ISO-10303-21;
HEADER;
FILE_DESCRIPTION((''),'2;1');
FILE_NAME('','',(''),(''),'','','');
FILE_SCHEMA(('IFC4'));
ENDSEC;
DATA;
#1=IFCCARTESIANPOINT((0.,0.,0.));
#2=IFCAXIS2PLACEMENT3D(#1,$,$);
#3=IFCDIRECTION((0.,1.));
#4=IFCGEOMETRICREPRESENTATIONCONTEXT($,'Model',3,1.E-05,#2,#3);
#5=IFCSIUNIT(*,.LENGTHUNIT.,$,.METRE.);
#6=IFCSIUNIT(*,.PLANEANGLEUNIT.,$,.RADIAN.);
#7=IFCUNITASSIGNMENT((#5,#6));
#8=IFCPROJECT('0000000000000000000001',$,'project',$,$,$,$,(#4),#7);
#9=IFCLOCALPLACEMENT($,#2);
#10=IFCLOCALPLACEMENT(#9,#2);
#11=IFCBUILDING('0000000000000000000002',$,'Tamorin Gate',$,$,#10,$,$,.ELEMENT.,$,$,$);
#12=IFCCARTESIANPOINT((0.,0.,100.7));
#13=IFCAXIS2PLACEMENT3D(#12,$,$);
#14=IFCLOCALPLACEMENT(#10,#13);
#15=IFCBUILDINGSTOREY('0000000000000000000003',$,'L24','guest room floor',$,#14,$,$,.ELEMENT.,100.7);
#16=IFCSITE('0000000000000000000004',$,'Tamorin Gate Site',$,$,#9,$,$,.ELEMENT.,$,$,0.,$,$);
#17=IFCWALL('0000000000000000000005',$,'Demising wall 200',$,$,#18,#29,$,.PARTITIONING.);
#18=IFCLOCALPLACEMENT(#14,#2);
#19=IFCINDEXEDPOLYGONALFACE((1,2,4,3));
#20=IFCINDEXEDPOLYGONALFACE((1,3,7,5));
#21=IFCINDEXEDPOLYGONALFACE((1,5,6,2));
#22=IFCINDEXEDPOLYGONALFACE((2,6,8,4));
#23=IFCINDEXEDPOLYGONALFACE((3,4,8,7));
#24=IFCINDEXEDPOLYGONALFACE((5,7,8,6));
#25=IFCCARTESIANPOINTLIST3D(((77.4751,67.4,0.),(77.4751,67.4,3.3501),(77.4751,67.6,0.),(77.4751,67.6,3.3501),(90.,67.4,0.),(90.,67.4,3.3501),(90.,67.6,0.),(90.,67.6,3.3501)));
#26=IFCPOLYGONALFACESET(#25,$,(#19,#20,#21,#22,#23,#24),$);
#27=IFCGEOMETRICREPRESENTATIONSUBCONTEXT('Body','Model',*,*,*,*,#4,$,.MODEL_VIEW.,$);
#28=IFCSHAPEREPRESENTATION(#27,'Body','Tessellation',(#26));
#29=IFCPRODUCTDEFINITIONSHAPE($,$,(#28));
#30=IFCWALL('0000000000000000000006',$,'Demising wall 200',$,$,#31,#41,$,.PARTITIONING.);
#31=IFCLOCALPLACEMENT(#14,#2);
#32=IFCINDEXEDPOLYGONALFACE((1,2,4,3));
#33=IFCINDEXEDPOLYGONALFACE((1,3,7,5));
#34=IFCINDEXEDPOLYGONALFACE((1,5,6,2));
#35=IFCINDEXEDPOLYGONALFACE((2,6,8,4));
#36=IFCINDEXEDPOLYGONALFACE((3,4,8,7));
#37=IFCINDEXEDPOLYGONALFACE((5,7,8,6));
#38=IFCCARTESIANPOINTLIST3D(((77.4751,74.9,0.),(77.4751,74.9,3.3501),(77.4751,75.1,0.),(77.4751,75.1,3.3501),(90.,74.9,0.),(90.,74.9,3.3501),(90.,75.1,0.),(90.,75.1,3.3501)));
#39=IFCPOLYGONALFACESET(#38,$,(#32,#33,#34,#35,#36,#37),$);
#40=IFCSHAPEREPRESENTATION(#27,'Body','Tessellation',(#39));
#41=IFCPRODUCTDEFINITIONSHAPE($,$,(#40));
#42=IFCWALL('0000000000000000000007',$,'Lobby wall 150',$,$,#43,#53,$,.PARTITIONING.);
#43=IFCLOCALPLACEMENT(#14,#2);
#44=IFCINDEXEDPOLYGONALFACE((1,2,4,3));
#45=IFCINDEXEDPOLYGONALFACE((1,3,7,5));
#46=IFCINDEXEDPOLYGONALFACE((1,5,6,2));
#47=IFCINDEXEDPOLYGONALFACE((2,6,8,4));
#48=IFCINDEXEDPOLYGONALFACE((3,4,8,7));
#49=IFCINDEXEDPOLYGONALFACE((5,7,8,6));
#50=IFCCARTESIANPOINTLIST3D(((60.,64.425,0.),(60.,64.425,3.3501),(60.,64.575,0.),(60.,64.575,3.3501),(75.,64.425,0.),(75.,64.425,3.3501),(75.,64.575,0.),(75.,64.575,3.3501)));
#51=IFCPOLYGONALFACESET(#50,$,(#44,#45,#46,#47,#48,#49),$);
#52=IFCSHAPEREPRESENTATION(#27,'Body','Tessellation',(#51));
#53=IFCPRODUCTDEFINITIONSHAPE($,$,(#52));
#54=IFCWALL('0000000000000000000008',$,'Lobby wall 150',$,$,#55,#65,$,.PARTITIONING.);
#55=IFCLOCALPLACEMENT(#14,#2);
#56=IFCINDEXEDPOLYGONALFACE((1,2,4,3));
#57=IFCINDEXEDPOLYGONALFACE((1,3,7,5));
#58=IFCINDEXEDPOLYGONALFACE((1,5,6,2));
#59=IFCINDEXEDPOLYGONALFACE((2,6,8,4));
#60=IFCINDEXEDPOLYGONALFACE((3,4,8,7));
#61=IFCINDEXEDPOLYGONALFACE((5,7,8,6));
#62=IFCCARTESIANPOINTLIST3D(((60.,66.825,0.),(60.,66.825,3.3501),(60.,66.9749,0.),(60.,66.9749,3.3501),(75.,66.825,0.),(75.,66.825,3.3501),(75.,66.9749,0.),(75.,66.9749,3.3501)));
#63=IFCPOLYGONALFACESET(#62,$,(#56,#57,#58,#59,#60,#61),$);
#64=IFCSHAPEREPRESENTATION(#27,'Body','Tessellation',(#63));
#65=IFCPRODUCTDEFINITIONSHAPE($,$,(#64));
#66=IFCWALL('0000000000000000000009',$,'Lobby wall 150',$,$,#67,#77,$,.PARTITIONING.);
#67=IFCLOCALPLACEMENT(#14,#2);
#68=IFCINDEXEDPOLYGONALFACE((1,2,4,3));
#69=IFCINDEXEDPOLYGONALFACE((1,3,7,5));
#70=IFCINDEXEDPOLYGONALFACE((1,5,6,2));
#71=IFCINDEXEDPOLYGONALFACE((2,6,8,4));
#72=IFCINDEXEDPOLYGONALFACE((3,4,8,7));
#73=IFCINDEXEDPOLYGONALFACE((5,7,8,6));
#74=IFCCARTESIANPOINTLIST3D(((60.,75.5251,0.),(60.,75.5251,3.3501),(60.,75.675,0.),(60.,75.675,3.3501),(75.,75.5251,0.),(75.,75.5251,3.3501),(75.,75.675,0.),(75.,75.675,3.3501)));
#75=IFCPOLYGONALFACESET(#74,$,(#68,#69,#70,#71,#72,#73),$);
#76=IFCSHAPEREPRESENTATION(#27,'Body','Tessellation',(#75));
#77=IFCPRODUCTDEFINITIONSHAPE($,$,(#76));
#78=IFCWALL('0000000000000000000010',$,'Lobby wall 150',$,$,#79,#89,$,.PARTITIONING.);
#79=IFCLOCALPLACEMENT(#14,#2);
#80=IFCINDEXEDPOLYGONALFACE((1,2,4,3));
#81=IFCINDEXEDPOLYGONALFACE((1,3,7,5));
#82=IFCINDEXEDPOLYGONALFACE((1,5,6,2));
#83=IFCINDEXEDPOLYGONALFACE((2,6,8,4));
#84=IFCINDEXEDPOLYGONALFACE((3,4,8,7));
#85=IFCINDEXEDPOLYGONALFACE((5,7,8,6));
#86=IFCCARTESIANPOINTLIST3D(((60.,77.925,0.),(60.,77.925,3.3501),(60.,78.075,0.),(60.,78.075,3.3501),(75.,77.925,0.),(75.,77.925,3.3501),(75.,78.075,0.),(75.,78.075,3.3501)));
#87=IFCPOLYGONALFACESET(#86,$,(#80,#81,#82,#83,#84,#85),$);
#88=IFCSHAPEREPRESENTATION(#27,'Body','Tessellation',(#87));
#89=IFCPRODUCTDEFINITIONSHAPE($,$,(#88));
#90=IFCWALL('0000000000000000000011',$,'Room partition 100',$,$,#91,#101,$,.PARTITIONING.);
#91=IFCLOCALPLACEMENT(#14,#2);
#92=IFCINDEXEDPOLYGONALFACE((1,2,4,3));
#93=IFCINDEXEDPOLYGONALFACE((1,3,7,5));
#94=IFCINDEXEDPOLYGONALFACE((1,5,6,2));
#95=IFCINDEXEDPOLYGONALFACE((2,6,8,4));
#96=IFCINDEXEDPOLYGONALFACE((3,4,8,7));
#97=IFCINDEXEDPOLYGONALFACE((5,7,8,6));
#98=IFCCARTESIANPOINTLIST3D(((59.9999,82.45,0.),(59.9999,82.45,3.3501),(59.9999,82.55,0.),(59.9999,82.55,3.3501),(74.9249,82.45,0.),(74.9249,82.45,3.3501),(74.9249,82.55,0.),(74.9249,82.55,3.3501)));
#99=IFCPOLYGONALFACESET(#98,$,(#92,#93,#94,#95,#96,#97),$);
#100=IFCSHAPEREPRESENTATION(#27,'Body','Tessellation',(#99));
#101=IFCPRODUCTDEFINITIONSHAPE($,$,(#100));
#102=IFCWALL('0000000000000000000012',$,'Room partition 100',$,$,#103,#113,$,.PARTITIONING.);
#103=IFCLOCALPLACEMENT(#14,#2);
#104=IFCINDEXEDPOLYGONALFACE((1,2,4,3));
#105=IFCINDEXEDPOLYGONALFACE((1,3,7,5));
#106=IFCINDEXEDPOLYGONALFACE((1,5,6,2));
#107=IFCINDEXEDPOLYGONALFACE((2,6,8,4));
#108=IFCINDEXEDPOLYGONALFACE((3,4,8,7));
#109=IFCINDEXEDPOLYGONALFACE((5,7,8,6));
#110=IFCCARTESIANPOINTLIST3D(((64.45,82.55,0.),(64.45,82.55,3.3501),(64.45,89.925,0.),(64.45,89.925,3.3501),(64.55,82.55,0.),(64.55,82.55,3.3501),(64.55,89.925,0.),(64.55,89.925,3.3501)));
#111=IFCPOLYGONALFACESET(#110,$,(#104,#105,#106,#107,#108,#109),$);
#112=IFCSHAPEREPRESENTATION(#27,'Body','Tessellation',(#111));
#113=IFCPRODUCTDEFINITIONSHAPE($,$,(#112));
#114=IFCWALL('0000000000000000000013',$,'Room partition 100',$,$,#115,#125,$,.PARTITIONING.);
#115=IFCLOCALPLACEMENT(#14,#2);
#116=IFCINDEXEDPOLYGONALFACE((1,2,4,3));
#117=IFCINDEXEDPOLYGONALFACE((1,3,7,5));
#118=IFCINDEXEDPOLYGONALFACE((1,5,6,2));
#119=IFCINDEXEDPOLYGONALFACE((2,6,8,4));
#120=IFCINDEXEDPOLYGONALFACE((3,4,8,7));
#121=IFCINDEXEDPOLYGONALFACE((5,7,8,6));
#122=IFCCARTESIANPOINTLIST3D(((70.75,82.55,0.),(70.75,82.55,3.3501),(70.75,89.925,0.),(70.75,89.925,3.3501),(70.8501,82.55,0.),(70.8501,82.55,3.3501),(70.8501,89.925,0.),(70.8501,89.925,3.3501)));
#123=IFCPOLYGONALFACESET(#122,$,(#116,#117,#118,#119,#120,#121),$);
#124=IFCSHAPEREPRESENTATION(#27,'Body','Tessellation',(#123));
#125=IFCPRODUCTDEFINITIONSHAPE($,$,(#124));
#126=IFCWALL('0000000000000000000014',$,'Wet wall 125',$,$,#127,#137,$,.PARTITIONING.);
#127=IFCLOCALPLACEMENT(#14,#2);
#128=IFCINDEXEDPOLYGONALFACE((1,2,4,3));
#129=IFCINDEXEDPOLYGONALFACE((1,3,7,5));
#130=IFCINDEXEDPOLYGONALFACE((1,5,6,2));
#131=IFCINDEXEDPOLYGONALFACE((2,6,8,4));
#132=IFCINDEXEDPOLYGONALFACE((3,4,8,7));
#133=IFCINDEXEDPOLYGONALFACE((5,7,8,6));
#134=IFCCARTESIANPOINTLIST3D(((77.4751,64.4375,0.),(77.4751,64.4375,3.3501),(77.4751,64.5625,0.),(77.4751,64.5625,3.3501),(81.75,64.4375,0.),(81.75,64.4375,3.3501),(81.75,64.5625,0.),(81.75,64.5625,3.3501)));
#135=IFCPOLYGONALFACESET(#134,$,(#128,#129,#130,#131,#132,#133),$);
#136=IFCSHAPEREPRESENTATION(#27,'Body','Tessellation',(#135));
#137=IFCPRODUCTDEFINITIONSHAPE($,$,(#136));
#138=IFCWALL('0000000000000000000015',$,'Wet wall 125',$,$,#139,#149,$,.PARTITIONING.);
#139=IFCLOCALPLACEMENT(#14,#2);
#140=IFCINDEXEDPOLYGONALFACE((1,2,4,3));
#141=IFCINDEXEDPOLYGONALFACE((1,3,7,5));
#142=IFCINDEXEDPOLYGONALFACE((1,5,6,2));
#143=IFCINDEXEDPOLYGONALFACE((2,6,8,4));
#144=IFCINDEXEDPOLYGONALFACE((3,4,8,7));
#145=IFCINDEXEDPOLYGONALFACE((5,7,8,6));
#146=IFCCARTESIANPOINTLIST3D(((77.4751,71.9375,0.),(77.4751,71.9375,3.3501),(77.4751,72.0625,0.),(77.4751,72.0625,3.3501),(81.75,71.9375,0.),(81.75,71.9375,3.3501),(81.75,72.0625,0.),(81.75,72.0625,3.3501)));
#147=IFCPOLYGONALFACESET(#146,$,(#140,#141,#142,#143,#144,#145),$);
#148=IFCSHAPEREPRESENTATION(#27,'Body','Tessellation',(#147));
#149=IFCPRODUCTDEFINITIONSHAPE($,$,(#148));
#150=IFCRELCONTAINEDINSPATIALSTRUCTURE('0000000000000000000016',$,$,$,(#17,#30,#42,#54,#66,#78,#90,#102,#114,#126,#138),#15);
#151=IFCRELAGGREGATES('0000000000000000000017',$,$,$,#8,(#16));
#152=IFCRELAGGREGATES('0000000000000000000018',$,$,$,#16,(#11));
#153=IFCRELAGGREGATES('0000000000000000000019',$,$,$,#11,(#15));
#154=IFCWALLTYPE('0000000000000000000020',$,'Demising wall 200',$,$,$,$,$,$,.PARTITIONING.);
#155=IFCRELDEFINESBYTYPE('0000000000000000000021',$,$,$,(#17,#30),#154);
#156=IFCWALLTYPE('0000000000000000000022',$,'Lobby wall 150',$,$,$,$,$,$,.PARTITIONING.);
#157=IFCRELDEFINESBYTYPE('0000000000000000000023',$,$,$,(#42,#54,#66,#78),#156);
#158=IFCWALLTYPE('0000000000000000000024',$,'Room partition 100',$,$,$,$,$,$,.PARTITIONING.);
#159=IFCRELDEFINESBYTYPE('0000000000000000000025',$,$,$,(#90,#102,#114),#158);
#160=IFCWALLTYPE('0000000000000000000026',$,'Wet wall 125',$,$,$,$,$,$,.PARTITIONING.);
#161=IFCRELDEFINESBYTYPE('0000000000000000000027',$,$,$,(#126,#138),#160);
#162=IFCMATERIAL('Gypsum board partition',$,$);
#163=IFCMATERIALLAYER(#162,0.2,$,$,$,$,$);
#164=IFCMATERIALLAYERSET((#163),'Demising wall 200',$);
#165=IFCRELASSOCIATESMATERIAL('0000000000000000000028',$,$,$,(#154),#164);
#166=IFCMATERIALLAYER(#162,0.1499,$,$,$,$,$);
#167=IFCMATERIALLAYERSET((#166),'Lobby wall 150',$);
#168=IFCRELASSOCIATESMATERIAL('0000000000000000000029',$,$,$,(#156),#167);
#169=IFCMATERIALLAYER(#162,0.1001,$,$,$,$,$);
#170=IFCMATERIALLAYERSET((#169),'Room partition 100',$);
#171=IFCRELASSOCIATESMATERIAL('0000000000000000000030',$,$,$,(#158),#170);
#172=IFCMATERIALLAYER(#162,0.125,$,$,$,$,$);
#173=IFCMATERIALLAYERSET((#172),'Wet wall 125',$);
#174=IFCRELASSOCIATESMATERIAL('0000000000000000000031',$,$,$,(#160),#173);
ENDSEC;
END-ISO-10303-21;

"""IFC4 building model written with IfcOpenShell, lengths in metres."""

from ifc_helpers import new_model, si_unit, direction, frame, frame_2d, origin, place, context, subcontext, project, spatial, rectangle, extrude, material, layer, layer_set, type_object, element, save


model = new_model("IFC4")

# Units and contexts
model_context = context("Model", 3, precision=1e-05, world=origin(), true_north=direction((0.0, 1.0)))
body_context = subcontext(model_context, "Body", "Model", "MODEL_VIEW")
ifc_project = project(units=[si_unit("LENGTHUNIT", "METRE"), si_unit("PLANEANGLEUNIT", "RADIAN")], contexts=[model_context])

# Site, building, storey
site_placement = place(None, origin())
site = spatial("IfcSite", under=ifc_project, at=site_placement, Name="Tamorin Gate Site", CompositionType="ELEMENT", RefElevation=0.0)
building_placement = place(site_placement, origin())
building = spatial("IfcBuilding", under=site, at=building_placement, Name="Tamorin Gate", CompositionType="ELEMENT")
storey_placement = place(building_placement, frame((0.0, 0.0, 100.7)))
storey = spatial("IfcBuildingStorey", under=building, at=storey_placement, Name="L24", Description="guest room floor", CompositionType="ELEMENT", Elevation=100.7)

# Shared definitions
ifc_material_1 = material(Name="Gypsum board partition")

# Walls
ifc_layer_1 = layer(ifc_material_1, 0.2)
ifc_layer_set_1 = layer_set([ifc_layer_1], Name="Demising wall 200")
wall_type_1 = type_object("IfcWallType", Name="Demising wall 200", PredefinedType="PARTITIONING", material=ifc_layer_set_1)
for number, where, z_axis, x_axis, name in (
    (1, (77.4751, 67.5, 0.0), (0.0, 0.0, 1.0), (1.0, 0.0, 0.0), "Demising wall 200"),
    (2, (77.4751, 75.0, 0.0), (0.0, 0.0, 1.0), (1.0, 0.0, 0.0), "Demising wall 200"),
):
    element("IfcWall", number, at=place(storey_placement, frame(where, z_axis=z_axis, x_axis=x_axis)), inside=storey, type_object=wall_type_1, Name=name, PredefinedType="PARTITIONING", context=body_context, shape_type="SweptSolid", body=[
        extrude(rectangle(XDim=12.5249, YDim=0.2, at=frame_2d((6.2625, 0.0))), origin(), (0.0, 0.0, 1.0), 3.3501),
    ])
ifc_layer_2 = layer(ifc_material_1, 0.1499)
ifc_layer_set_2 = layer_set([ifc_layer_2], Name="Lobby wall 150")
wall_type_2 = type_object("IfcWallType", Name="Lobby wall 150", PredefinedType="PARTITIONING", material=ifc_layer_set_2)
for number, where, z_axis, x_axis, name in (
    (3, (60.0, 64.5, 0.0), (0.0, 0.0, 1.0), (1.0, 0.0, 0.0), "Lobby wall 150"),
    (4, (60.0, 66.8999, 0.0), (0.0, 0.0, 1.0), (1.0, 0.0, 0.0), "Lobby wall 150"),
    (5, (60.0, 75.6001, 0.0), (0.0, 0.0, 1.0), (1.0, 0.0, 0.0), "Lobby wall 150"),
    (6, (60.0, 78.0, 0.0), (0.0, 0.0, 1.0), (1.0, 0.0, 0.0), "Lobby wall 150"),
):
    element("IfcWall", number, at=place(storey_placement, frame(where, z_axis=z_axis, x_axis=x_axis)), inside=storey, type_object=wall_type_2, Name=name, PredefinedType="PARTITIONING", context=body_context, shape_type="SweptSolid", body=[
        extrude(rectangle(XDim=15.0, YDim=0.1499, at=frame_2d((7.5, 0.0))), origin(), (0.0, 0.0, 1.0), 3.3501),
    ])
ifc_layer_3 = layer(ifc_material_1, 0.1001)
ifc_layer_set_3 = layer_set([ifc_layer_3], Name="Room partition 100")
wall_type_3 = type_object("IfcWallType", Name="Room partition 100", PredefinedType="PARTITIONING", material=ifc_layer_set_3)
wall_1_placement = place(storey_placement, frame((60.0, 82.5, 0.0), z_axis=(0.0, 0.0, 1.0), x_axis=(1.0, 0.0, 0.0)))
element("IfcWall", 7, at=wall_1_placement, inside=storey, type_object=wall_type_3, Name="Room partition 100", PredefinedType="PARTITIONING", context=body_context, shape_type="SweptSolid", body=[
    extrude(rectangle(XDim=14.925, YDim=0.1001, at=frame_2d((7.4624, 0.0))), origin(), (0.0, 0.0, 1.0), 3.3501),
])
for number, where, z_axis, x_axis, name in (
    (8, (64.5, 82.55, 0.0), (0.0, 0.0, 1.0), (0.0, 1.0, 0.0), "Room partition 100"),
    (9, (70.8, 82.55, 0.0), (0.0, 0.0, 1.0), (0.0, 1.0, 0.0), "Room partition 100"),
):
    element("IfcWall", number, at=place(storey_placement, frame(where, z_axis=z_axis, x_axis=x_axis)), inside=storey, type_object=wall_type_3, Name=name, PredefinedType="PARTITIONING", context=body_context, shape_type="SweptSolid", body=[
        extrude(rectangle(XDim=7.375, YDim=0.1001, at=frame_2d((3.6875, 0.0))), origin(), (0.0, 0.0, 1.0), 3.3501),
    ])
ifc_layer_4 = layer(ifc_material_1, 0.125)
ifc_layer_set_4 = layer_set([ifc_layer_4], Name="Wet wall 125")
wall_type_4 = type_object("IfcWallType", Name="Wet wall 125", PredefinedType="PARTITIONING", material=ifc_layer_set_4)
for number, where, z_axis, x_axis, name in (
    (10, (77.4751, 64.5, 0.0), (0.0, 0.0, 1.0), (1.0, 0.0, 0.0), "Wet wall 125"),
    (11, (77.4751, 72.0, 0.0), (0.0, 0.0, 1.0), (1.0, 0.0, 0.0), "Wet wall 125"),
):
    element("IfcWall", number, at=place(storey_placement, frame(where, z_axis=z_axis, x_axis=x_axis)), inside=storey, type_object=wall_type_4, Name=name, PredefinedType="PARTITIONING", context=body_context, shape_type="SweptSolid", body=[
        extrude(rectangle(XDim=4.2749, YDim=0.125, at=frame_2d((2.1375, 0.0))), origin(), (0.0, 0.0, 1.0), 3.3501),
    ])

save(model, "model.ifc")
